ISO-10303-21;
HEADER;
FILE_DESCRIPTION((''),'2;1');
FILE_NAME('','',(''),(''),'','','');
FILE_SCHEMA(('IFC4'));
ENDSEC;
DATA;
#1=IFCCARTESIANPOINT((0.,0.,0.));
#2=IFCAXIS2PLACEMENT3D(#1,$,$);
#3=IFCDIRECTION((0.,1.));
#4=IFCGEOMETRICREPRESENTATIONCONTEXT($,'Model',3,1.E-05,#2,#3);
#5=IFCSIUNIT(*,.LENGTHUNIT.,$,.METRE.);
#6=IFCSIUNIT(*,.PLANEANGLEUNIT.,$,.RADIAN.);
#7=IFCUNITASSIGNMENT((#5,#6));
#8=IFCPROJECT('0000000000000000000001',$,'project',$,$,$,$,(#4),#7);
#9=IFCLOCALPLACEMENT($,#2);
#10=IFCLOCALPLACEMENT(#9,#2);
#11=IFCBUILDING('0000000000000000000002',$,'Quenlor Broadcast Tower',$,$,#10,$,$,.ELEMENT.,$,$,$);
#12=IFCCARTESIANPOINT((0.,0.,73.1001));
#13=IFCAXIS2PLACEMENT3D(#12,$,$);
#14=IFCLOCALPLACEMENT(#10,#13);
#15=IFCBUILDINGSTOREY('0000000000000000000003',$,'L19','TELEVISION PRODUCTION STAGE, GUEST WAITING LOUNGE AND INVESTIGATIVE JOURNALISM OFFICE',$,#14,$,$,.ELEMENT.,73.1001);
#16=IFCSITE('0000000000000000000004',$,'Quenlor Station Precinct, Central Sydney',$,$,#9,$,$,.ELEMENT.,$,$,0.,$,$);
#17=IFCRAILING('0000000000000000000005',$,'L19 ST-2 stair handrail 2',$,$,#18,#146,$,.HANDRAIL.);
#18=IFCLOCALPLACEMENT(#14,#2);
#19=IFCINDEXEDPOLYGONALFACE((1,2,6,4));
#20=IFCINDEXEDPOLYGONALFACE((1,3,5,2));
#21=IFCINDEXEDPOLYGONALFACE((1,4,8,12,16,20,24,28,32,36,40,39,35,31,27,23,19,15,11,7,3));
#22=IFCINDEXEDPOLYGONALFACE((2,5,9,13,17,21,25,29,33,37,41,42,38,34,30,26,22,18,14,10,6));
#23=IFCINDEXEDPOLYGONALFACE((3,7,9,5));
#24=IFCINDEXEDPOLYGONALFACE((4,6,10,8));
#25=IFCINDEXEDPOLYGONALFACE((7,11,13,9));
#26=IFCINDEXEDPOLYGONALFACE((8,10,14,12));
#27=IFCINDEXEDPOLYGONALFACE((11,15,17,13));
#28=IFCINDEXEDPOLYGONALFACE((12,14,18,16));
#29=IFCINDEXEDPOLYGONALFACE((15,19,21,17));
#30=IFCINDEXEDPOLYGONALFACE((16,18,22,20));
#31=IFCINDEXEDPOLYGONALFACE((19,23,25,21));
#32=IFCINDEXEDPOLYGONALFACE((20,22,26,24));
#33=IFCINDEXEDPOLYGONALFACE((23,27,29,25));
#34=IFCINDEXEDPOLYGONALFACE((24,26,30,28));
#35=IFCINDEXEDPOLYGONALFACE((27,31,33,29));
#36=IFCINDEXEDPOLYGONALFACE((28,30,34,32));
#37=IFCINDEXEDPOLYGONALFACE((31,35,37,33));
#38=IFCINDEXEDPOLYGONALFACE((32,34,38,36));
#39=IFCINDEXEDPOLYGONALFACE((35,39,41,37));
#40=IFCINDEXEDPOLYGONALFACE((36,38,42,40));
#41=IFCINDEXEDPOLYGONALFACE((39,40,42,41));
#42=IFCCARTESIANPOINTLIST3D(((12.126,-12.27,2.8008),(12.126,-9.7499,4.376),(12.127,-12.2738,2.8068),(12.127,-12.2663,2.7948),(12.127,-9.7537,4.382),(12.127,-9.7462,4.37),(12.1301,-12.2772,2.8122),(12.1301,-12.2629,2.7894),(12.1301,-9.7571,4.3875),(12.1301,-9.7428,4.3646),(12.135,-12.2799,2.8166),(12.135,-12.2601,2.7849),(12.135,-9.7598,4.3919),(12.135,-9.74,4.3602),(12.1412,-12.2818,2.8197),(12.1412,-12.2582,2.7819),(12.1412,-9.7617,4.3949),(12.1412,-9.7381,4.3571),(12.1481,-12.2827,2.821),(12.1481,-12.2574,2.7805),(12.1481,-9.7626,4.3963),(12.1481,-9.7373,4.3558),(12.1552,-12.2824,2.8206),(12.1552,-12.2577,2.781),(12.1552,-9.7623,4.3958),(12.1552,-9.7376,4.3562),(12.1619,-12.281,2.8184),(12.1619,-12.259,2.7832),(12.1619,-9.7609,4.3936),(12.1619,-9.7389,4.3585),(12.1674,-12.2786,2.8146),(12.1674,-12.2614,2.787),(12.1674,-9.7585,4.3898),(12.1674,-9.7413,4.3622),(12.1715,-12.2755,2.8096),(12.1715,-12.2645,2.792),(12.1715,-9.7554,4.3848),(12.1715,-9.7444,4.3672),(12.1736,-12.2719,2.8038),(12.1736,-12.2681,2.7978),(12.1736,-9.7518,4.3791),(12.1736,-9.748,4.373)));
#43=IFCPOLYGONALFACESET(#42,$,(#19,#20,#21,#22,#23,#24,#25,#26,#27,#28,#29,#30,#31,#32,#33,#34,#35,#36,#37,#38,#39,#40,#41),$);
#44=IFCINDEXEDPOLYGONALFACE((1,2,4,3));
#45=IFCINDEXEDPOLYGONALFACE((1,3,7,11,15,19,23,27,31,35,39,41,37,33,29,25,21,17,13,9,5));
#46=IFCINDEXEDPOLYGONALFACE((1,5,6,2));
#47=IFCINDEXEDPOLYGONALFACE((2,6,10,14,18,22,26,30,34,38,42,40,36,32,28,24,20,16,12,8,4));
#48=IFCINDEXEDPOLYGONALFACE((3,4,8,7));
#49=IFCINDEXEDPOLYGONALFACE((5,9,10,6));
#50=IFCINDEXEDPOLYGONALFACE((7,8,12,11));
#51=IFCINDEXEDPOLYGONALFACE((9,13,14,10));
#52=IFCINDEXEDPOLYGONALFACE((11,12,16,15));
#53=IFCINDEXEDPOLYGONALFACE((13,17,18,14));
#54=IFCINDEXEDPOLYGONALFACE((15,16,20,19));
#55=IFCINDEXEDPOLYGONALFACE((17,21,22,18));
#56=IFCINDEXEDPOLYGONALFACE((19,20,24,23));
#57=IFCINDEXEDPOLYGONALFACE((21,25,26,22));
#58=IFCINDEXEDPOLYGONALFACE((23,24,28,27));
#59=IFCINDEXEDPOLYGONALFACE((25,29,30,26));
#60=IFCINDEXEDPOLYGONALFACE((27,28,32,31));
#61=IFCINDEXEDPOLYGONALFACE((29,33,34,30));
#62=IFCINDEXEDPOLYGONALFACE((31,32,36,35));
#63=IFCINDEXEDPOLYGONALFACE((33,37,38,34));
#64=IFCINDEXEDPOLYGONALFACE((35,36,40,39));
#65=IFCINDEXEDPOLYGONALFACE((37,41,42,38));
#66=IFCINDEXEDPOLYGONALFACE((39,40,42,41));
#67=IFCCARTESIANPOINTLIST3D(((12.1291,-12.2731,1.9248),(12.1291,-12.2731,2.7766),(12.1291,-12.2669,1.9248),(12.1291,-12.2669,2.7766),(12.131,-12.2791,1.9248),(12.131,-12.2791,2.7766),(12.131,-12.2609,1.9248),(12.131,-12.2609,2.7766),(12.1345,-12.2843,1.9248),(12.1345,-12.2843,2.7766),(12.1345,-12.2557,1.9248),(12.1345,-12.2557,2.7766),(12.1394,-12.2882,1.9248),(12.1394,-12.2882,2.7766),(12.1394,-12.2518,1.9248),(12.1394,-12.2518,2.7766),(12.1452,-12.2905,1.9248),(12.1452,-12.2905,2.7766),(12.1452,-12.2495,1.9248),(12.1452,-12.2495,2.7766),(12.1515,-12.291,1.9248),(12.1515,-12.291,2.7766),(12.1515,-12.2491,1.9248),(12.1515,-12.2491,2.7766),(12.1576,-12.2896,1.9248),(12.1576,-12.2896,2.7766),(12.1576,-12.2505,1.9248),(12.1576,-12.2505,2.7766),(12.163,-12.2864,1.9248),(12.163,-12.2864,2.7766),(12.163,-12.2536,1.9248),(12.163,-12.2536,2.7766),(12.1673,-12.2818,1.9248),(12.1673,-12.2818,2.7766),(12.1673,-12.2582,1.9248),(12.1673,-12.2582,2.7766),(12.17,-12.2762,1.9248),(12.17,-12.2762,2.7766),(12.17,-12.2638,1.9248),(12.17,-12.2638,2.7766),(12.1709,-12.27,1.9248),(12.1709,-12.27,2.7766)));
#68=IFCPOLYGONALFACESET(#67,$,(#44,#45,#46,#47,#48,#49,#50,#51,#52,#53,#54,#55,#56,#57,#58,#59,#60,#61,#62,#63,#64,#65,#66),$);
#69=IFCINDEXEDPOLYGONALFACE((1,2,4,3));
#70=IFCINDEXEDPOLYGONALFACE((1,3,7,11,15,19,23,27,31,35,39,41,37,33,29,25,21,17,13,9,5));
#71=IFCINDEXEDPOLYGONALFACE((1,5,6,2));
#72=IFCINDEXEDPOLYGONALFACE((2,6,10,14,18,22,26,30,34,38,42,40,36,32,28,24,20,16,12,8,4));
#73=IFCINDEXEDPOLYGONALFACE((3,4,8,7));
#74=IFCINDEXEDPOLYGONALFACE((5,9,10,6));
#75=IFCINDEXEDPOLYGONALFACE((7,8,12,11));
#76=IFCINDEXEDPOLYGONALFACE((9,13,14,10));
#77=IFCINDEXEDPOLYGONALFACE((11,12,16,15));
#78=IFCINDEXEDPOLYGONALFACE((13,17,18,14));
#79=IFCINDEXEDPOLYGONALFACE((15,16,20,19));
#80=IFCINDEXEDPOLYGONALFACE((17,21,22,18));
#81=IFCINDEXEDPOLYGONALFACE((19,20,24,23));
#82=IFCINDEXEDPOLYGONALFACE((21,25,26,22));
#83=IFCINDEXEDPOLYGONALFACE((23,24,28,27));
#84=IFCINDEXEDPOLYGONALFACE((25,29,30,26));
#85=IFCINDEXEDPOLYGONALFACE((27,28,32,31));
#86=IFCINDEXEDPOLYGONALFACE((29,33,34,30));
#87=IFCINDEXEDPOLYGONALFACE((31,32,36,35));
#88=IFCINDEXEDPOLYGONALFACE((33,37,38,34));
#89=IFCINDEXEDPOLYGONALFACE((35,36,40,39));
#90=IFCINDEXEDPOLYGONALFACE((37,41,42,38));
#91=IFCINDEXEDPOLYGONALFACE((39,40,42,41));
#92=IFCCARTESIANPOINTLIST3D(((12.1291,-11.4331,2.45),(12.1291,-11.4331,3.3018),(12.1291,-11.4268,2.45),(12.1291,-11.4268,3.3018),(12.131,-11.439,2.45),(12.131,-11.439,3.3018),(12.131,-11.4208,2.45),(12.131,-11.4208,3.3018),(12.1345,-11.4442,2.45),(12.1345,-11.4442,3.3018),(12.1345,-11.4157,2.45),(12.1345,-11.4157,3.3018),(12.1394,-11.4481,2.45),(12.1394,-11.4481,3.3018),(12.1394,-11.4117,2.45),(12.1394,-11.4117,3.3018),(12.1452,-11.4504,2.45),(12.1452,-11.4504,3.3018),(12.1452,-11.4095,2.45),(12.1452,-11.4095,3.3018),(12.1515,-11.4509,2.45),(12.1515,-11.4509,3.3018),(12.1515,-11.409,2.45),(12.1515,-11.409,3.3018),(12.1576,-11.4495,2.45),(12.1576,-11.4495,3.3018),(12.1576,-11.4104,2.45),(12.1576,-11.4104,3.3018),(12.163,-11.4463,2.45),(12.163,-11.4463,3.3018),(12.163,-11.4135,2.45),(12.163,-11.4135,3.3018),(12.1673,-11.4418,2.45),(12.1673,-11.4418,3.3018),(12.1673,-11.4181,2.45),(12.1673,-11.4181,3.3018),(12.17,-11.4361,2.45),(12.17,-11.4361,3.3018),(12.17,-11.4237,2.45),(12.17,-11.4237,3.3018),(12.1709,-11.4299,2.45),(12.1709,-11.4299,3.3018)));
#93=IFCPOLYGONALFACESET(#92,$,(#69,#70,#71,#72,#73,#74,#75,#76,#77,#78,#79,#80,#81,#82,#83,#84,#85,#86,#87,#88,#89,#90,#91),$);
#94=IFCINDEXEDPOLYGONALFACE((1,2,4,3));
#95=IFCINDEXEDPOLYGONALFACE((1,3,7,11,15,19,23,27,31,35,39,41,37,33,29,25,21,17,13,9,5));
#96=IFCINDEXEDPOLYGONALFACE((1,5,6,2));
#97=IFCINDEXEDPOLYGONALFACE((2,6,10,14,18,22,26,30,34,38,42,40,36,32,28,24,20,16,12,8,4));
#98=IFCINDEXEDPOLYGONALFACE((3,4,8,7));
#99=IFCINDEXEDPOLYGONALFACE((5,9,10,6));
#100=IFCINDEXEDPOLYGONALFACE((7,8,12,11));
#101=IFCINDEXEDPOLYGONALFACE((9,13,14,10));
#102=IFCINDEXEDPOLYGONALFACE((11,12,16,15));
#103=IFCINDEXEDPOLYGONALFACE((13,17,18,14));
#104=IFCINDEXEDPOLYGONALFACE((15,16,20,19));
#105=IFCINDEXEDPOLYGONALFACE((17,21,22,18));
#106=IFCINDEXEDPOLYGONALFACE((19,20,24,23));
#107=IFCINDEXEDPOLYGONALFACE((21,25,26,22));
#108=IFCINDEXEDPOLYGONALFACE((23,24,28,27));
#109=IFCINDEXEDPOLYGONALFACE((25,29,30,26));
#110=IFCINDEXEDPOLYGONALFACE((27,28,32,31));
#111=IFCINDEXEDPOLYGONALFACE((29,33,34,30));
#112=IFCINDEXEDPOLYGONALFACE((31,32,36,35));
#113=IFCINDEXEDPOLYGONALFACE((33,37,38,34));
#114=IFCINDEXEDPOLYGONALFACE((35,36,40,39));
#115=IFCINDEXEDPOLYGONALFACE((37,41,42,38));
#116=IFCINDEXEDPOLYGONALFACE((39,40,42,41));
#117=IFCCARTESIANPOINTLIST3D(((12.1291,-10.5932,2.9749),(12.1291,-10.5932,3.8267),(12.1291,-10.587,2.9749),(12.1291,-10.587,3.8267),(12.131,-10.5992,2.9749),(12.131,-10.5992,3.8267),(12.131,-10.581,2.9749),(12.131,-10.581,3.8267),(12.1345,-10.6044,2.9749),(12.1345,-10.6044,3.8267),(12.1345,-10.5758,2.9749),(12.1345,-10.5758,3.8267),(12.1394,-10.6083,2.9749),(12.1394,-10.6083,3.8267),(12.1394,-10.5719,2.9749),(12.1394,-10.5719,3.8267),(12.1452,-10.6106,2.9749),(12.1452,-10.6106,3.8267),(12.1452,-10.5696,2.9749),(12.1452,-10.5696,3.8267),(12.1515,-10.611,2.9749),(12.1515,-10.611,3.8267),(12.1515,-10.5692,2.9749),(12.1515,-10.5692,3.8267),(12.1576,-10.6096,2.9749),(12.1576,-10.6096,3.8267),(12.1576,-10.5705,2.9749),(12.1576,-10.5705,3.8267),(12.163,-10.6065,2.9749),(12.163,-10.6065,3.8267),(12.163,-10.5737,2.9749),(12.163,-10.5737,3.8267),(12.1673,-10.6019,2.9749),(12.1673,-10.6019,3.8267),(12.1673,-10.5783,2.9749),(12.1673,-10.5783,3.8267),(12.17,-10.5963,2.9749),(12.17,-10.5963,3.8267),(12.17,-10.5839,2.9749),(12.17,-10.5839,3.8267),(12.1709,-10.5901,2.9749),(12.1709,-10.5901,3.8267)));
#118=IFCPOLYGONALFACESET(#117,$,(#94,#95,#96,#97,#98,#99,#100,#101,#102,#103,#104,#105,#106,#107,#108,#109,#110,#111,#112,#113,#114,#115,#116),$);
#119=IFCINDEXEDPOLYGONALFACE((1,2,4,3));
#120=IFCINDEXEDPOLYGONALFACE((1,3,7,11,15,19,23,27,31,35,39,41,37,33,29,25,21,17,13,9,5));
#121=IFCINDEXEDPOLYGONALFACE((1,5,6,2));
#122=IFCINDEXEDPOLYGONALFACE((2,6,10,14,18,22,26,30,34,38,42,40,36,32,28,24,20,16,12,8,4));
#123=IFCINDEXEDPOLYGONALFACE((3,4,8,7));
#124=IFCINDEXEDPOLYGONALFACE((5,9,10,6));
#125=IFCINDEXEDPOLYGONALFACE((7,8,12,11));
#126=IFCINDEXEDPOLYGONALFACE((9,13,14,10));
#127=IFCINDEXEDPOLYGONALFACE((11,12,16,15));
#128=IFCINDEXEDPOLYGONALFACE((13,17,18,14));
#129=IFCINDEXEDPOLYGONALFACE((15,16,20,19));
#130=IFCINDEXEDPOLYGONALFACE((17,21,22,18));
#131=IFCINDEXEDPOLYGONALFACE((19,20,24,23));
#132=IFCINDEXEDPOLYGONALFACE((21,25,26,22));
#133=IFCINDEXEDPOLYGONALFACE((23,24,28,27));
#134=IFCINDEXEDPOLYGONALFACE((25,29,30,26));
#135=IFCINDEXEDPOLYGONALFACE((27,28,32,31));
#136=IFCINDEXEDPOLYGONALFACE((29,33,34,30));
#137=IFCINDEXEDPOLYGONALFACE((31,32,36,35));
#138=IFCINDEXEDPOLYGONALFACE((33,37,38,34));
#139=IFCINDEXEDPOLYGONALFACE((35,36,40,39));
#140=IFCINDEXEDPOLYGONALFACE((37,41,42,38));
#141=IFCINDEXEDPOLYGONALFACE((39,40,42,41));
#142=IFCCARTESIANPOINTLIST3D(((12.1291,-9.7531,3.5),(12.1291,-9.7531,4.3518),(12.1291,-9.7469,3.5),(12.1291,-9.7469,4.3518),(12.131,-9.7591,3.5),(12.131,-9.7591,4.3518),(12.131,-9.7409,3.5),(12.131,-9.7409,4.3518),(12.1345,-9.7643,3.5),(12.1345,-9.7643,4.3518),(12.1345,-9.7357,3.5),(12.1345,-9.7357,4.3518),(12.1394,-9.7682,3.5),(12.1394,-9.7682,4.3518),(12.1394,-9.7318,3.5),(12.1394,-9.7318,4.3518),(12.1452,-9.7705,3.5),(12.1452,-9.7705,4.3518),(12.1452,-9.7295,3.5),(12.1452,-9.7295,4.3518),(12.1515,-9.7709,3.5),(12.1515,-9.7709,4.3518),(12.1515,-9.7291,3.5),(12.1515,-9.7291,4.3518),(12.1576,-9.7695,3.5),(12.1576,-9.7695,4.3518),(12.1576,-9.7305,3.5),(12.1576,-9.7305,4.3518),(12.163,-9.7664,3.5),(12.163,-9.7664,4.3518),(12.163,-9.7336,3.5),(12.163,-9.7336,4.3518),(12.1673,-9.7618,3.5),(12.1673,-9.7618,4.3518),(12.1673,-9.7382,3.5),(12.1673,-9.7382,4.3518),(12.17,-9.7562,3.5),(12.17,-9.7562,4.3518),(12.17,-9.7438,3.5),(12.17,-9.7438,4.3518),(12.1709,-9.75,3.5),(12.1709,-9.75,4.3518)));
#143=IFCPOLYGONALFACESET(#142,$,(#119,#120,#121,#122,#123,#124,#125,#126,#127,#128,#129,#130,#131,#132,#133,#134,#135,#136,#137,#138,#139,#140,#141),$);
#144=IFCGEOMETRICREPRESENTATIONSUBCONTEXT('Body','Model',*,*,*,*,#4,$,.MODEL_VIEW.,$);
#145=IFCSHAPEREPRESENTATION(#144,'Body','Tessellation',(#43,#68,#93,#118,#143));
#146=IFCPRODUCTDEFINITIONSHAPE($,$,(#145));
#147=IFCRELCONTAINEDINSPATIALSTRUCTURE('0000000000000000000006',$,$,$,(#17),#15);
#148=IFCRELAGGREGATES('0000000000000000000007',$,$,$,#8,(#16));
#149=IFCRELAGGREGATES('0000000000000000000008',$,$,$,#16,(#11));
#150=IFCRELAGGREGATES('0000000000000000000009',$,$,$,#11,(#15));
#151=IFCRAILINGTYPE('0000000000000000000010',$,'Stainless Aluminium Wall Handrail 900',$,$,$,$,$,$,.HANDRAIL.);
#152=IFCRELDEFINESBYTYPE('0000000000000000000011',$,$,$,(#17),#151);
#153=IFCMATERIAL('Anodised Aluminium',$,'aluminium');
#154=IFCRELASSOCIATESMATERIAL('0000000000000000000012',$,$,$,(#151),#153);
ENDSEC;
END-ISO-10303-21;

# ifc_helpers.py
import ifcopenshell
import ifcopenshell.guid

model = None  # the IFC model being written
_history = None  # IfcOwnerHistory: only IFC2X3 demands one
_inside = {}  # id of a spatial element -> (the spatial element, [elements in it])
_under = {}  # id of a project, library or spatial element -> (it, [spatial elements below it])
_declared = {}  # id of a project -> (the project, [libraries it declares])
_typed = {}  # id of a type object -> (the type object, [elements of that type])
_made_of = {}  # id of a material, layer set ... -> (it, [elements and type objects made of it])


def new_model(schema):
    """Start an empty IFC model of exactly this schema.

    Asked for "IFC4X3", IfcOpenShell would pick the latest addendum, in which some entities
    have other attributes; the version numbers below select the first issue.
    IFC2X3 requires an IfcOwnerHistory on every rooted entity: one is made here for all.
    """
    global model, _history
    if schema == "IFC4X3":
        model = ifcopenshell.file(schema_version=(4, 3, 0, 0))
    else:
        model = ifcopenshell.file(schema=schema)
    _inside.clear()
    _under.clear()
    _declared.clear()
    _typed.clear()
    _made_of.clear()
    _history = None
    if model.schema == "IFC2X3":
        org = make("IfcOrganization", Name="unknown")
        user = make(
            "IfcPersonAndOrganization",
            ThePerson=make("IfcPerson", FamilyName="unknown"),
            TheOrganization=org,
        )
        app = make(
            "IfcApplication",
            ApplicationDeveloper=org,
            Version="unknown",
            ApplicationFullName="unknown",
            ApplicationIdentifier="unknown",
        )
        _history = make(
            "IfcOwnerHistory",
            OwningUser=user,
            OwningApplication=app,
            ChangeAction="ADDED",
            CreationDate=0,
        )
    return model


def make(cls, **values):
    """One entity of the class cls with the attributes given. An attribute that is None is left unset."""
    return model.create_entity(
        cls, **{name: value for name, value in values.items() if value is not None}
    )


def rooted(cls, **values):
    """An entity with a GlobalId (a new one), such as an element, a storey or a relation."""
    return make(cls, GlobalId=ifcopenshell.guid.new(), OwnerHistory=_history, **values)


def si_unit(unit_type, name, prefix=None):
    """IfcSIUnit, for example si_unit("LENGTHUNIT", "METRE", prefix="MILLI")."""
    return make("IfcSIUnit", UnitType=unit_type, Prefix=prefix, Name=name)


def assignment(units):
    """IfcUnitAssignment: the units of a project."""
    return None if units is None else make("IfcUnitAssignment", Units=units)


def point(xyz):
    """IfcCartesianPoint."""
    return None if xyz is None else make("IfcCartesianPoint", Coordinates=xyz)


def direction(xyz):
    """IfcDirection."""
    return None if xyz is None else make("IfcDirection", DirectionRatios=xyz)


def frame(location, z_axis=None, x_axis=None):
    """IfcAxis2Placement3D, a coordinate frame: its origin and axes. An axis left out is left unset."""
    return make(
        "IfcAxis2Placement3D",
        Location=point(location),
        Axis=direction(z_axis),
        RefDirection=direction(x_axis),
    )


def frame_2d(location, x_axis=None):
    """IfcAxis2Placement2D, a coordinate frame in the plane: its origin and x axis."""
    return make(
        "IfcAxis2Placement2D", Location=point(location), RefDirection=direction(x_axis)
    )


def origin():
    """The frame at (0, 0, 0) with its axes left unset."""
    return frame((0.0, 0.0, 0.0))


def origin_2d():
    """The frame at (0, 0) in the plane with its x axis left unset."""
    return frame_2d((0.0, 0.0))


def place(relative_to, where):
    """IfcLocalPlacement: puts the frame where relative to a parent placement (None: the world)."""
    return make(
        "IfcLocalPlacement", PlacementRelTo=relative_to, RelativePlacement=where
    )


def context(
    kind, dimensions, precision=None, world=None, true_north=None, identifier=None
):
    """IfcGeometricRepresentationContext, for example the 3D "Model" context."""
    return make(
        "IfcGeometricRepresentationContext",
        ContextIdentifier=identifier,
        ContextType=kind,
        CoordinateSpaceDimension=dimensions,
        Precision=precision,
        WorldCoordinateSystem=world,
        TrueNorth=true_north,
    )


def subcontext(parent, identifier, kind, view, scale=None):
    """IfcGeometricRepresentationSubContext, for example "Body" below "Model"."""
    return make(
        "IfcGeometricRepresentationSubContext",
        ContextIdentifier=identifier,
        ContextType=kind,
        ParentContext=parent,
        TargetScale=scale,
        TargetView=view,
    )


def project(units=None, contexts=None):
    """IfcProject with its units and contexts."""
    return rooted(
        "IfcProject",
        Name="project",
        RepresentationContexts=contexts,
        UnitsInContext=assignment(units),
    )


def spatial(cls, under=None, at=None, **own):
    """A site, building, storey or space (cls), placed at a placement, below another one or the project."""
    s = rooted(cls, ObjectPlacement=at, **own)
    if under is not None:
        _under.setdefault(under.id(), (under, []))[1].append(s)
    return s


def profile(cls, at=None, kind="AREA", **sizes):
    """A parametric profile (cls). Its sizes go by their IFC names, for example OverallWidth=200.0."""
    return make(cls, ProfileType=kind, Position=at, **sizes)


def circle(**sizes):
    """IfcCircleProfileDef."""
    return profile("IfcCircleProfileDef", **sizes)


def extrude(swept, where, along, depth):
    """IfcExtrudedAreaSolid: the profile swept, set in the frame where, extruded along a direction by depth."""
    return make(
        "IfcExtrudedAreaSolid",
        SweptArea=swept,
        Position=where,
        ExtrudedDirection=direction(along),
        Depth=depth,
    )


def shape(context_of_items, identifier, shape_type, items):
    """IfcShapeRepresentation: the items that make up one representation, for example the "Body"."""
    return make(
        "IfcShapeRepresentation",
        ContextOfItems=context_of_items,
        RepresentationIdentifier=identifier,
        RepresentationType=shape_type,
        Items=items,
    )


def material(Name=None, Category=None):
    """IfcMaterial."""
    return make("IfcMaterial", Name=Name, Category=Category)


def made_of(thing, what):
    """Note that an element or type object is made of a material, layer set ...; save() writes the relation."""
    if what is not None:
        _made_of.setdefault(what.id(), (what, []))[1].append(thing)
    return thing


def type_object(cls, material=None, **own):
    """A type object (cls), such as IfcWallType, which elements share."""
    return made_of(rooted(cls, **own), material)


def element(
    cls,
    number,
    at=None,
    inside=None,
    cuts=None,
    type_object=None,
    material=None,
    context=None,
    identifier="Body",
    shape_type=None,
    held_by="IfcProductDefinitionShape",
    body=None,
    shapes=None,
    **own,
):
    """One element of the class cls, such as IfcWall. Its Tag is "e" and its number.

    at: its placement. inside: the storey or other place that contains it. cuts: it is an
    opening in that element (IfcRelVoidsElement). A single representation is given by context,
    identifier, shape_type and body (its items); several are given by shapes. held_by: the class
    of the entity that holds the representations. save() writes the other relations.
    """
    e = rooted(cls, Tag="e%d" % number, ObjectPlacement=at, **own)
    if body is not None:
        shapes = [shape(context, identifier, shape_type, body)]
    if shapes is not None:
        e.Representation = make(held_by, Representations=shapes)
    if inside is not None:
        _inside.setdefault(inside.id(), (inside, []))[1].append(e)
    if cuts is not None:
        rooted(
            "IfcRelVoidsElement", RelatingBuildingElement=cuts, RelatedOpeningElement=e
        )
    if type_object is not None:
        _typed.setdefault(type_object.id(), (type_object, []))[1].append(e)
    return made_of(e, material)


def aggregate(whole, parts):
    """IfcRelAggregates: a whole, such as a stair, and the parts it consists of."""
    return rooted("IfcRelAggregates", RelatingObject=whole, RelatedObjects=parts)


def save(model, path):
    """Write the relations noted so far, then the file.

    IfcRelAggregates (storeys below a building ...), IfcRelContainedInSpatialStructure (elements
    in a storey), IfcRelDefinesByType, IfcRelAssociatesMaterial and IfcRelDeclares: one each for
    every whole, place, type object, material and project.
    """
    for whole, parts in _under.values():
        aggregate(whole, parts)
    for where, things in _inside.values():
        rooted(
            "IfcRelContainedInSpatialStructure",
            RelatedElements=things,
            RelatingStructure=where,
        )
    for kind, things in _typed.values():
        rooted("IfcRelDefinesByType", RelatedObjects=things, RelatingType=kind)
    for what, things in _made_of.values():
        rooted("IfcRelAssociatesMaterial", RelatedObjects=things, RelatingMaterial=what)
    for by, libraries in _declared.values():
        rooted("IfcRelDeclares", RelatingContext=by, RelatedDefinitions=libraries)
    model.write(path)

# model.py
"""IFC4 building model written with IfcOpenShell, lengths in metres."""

from ifc_helpers import new_model, si_unit, direction, frame, origin, origin_2d, place, context, subcontext, project, spatial, circle, extrude, material, type_object, element, save


model = new_model("IFC4")

# Units and contexts
model_context = context("Model", 3, precision=1e-05, world=origin(), true_north=direction((0.0, 1.0)))
body_context = subcontext(model_context, "Body", "Model", "MODEL_VIEW")
ifc_project = project(units=[si_unit("LENGTHUNIT", "METRE"), si_unit("PLANEANGLEUNIT", "RADIAN")], contexts=[model_context])

# Site, building, storey
site_placement = place(None, origin())
site = spatial("IfcSite", under=ifc_project, at=site_placement, Name="Quenlor Station Precinct, Central Sydney", CompositionType="ELEMENT", RefElevation=0.0)
building_placement = place(site_placement, origin())
building = spatial("IfcBuilding", under=site, at=building_placement, Name="Quenlor Broadcast Tower", CompositionType="ELEMENT")
storey_placement = place(building_placement, frame((0.0, 0.0, 73.1001)))
storey = spatial("IfcBuildingStorey", under=building, at=storey_placement, Name="L19", Description="TELEVISION PRODUCTION STAGE, GUEST WAITING LOUNGE AND INVESTIGATIVE JOURNALISM OFFICE", CompositionType="ELEMENT", Elevation=73.1001)

# Railing
ifc_material_1 = material(Name="Anodised Aluminium", Category="aluminium")
railing_type_1 = type_object("IfcRailingType", Name="Stainless Aluminium Wall Handrail 900", PredefinedType="HANDRAIL", material=ifc_material_1)
railing_1_placement = place(storey_placement, frame((12.1499, -12.27, 1.9248)))
element("IfcRailing", 1, at=railing_1_placement, inside=storey, type_object=railing_type_1, Name="L19 ST-2 stair handrail 2", PredefinedType="HANDRAIL", context=body_context, shape_type="SweptSolid", body=[
    extrude(circle(Radius=0.0239, at=origin_2d()), frame((0.0, 0.0, 0.876), z_axis=(0.0, 0.847971, 0.530043), x_axis=(-1.0, 0.0, 0.0)), (0.0, 0.0, 1.0), 2.9719),
    extrude(circle(Radius=0.021, at=origin_2d()), origin(), (0.0, 0.0, 1.0), 0.8518),
    extrude(circle(Radius=0.021, at=origin_2d()), frame((0.0, 0.8401, 0.5251)), (0.0, 0.0, 1.0), 0.8518),
    extrude(circle(Radius=0.021, at=origin_2d()), frame((0.0, 1.6799, 1.05)), (0.0, 0.0, 1.0), 0.8518),
    extrude(circle(Radius=0.021, at=origin_2d()), frame((0.0, 2.52, 1.5752)), (0.0, 0.0, 1.0), 0.8518),
])

save(model, "model.ifc")
